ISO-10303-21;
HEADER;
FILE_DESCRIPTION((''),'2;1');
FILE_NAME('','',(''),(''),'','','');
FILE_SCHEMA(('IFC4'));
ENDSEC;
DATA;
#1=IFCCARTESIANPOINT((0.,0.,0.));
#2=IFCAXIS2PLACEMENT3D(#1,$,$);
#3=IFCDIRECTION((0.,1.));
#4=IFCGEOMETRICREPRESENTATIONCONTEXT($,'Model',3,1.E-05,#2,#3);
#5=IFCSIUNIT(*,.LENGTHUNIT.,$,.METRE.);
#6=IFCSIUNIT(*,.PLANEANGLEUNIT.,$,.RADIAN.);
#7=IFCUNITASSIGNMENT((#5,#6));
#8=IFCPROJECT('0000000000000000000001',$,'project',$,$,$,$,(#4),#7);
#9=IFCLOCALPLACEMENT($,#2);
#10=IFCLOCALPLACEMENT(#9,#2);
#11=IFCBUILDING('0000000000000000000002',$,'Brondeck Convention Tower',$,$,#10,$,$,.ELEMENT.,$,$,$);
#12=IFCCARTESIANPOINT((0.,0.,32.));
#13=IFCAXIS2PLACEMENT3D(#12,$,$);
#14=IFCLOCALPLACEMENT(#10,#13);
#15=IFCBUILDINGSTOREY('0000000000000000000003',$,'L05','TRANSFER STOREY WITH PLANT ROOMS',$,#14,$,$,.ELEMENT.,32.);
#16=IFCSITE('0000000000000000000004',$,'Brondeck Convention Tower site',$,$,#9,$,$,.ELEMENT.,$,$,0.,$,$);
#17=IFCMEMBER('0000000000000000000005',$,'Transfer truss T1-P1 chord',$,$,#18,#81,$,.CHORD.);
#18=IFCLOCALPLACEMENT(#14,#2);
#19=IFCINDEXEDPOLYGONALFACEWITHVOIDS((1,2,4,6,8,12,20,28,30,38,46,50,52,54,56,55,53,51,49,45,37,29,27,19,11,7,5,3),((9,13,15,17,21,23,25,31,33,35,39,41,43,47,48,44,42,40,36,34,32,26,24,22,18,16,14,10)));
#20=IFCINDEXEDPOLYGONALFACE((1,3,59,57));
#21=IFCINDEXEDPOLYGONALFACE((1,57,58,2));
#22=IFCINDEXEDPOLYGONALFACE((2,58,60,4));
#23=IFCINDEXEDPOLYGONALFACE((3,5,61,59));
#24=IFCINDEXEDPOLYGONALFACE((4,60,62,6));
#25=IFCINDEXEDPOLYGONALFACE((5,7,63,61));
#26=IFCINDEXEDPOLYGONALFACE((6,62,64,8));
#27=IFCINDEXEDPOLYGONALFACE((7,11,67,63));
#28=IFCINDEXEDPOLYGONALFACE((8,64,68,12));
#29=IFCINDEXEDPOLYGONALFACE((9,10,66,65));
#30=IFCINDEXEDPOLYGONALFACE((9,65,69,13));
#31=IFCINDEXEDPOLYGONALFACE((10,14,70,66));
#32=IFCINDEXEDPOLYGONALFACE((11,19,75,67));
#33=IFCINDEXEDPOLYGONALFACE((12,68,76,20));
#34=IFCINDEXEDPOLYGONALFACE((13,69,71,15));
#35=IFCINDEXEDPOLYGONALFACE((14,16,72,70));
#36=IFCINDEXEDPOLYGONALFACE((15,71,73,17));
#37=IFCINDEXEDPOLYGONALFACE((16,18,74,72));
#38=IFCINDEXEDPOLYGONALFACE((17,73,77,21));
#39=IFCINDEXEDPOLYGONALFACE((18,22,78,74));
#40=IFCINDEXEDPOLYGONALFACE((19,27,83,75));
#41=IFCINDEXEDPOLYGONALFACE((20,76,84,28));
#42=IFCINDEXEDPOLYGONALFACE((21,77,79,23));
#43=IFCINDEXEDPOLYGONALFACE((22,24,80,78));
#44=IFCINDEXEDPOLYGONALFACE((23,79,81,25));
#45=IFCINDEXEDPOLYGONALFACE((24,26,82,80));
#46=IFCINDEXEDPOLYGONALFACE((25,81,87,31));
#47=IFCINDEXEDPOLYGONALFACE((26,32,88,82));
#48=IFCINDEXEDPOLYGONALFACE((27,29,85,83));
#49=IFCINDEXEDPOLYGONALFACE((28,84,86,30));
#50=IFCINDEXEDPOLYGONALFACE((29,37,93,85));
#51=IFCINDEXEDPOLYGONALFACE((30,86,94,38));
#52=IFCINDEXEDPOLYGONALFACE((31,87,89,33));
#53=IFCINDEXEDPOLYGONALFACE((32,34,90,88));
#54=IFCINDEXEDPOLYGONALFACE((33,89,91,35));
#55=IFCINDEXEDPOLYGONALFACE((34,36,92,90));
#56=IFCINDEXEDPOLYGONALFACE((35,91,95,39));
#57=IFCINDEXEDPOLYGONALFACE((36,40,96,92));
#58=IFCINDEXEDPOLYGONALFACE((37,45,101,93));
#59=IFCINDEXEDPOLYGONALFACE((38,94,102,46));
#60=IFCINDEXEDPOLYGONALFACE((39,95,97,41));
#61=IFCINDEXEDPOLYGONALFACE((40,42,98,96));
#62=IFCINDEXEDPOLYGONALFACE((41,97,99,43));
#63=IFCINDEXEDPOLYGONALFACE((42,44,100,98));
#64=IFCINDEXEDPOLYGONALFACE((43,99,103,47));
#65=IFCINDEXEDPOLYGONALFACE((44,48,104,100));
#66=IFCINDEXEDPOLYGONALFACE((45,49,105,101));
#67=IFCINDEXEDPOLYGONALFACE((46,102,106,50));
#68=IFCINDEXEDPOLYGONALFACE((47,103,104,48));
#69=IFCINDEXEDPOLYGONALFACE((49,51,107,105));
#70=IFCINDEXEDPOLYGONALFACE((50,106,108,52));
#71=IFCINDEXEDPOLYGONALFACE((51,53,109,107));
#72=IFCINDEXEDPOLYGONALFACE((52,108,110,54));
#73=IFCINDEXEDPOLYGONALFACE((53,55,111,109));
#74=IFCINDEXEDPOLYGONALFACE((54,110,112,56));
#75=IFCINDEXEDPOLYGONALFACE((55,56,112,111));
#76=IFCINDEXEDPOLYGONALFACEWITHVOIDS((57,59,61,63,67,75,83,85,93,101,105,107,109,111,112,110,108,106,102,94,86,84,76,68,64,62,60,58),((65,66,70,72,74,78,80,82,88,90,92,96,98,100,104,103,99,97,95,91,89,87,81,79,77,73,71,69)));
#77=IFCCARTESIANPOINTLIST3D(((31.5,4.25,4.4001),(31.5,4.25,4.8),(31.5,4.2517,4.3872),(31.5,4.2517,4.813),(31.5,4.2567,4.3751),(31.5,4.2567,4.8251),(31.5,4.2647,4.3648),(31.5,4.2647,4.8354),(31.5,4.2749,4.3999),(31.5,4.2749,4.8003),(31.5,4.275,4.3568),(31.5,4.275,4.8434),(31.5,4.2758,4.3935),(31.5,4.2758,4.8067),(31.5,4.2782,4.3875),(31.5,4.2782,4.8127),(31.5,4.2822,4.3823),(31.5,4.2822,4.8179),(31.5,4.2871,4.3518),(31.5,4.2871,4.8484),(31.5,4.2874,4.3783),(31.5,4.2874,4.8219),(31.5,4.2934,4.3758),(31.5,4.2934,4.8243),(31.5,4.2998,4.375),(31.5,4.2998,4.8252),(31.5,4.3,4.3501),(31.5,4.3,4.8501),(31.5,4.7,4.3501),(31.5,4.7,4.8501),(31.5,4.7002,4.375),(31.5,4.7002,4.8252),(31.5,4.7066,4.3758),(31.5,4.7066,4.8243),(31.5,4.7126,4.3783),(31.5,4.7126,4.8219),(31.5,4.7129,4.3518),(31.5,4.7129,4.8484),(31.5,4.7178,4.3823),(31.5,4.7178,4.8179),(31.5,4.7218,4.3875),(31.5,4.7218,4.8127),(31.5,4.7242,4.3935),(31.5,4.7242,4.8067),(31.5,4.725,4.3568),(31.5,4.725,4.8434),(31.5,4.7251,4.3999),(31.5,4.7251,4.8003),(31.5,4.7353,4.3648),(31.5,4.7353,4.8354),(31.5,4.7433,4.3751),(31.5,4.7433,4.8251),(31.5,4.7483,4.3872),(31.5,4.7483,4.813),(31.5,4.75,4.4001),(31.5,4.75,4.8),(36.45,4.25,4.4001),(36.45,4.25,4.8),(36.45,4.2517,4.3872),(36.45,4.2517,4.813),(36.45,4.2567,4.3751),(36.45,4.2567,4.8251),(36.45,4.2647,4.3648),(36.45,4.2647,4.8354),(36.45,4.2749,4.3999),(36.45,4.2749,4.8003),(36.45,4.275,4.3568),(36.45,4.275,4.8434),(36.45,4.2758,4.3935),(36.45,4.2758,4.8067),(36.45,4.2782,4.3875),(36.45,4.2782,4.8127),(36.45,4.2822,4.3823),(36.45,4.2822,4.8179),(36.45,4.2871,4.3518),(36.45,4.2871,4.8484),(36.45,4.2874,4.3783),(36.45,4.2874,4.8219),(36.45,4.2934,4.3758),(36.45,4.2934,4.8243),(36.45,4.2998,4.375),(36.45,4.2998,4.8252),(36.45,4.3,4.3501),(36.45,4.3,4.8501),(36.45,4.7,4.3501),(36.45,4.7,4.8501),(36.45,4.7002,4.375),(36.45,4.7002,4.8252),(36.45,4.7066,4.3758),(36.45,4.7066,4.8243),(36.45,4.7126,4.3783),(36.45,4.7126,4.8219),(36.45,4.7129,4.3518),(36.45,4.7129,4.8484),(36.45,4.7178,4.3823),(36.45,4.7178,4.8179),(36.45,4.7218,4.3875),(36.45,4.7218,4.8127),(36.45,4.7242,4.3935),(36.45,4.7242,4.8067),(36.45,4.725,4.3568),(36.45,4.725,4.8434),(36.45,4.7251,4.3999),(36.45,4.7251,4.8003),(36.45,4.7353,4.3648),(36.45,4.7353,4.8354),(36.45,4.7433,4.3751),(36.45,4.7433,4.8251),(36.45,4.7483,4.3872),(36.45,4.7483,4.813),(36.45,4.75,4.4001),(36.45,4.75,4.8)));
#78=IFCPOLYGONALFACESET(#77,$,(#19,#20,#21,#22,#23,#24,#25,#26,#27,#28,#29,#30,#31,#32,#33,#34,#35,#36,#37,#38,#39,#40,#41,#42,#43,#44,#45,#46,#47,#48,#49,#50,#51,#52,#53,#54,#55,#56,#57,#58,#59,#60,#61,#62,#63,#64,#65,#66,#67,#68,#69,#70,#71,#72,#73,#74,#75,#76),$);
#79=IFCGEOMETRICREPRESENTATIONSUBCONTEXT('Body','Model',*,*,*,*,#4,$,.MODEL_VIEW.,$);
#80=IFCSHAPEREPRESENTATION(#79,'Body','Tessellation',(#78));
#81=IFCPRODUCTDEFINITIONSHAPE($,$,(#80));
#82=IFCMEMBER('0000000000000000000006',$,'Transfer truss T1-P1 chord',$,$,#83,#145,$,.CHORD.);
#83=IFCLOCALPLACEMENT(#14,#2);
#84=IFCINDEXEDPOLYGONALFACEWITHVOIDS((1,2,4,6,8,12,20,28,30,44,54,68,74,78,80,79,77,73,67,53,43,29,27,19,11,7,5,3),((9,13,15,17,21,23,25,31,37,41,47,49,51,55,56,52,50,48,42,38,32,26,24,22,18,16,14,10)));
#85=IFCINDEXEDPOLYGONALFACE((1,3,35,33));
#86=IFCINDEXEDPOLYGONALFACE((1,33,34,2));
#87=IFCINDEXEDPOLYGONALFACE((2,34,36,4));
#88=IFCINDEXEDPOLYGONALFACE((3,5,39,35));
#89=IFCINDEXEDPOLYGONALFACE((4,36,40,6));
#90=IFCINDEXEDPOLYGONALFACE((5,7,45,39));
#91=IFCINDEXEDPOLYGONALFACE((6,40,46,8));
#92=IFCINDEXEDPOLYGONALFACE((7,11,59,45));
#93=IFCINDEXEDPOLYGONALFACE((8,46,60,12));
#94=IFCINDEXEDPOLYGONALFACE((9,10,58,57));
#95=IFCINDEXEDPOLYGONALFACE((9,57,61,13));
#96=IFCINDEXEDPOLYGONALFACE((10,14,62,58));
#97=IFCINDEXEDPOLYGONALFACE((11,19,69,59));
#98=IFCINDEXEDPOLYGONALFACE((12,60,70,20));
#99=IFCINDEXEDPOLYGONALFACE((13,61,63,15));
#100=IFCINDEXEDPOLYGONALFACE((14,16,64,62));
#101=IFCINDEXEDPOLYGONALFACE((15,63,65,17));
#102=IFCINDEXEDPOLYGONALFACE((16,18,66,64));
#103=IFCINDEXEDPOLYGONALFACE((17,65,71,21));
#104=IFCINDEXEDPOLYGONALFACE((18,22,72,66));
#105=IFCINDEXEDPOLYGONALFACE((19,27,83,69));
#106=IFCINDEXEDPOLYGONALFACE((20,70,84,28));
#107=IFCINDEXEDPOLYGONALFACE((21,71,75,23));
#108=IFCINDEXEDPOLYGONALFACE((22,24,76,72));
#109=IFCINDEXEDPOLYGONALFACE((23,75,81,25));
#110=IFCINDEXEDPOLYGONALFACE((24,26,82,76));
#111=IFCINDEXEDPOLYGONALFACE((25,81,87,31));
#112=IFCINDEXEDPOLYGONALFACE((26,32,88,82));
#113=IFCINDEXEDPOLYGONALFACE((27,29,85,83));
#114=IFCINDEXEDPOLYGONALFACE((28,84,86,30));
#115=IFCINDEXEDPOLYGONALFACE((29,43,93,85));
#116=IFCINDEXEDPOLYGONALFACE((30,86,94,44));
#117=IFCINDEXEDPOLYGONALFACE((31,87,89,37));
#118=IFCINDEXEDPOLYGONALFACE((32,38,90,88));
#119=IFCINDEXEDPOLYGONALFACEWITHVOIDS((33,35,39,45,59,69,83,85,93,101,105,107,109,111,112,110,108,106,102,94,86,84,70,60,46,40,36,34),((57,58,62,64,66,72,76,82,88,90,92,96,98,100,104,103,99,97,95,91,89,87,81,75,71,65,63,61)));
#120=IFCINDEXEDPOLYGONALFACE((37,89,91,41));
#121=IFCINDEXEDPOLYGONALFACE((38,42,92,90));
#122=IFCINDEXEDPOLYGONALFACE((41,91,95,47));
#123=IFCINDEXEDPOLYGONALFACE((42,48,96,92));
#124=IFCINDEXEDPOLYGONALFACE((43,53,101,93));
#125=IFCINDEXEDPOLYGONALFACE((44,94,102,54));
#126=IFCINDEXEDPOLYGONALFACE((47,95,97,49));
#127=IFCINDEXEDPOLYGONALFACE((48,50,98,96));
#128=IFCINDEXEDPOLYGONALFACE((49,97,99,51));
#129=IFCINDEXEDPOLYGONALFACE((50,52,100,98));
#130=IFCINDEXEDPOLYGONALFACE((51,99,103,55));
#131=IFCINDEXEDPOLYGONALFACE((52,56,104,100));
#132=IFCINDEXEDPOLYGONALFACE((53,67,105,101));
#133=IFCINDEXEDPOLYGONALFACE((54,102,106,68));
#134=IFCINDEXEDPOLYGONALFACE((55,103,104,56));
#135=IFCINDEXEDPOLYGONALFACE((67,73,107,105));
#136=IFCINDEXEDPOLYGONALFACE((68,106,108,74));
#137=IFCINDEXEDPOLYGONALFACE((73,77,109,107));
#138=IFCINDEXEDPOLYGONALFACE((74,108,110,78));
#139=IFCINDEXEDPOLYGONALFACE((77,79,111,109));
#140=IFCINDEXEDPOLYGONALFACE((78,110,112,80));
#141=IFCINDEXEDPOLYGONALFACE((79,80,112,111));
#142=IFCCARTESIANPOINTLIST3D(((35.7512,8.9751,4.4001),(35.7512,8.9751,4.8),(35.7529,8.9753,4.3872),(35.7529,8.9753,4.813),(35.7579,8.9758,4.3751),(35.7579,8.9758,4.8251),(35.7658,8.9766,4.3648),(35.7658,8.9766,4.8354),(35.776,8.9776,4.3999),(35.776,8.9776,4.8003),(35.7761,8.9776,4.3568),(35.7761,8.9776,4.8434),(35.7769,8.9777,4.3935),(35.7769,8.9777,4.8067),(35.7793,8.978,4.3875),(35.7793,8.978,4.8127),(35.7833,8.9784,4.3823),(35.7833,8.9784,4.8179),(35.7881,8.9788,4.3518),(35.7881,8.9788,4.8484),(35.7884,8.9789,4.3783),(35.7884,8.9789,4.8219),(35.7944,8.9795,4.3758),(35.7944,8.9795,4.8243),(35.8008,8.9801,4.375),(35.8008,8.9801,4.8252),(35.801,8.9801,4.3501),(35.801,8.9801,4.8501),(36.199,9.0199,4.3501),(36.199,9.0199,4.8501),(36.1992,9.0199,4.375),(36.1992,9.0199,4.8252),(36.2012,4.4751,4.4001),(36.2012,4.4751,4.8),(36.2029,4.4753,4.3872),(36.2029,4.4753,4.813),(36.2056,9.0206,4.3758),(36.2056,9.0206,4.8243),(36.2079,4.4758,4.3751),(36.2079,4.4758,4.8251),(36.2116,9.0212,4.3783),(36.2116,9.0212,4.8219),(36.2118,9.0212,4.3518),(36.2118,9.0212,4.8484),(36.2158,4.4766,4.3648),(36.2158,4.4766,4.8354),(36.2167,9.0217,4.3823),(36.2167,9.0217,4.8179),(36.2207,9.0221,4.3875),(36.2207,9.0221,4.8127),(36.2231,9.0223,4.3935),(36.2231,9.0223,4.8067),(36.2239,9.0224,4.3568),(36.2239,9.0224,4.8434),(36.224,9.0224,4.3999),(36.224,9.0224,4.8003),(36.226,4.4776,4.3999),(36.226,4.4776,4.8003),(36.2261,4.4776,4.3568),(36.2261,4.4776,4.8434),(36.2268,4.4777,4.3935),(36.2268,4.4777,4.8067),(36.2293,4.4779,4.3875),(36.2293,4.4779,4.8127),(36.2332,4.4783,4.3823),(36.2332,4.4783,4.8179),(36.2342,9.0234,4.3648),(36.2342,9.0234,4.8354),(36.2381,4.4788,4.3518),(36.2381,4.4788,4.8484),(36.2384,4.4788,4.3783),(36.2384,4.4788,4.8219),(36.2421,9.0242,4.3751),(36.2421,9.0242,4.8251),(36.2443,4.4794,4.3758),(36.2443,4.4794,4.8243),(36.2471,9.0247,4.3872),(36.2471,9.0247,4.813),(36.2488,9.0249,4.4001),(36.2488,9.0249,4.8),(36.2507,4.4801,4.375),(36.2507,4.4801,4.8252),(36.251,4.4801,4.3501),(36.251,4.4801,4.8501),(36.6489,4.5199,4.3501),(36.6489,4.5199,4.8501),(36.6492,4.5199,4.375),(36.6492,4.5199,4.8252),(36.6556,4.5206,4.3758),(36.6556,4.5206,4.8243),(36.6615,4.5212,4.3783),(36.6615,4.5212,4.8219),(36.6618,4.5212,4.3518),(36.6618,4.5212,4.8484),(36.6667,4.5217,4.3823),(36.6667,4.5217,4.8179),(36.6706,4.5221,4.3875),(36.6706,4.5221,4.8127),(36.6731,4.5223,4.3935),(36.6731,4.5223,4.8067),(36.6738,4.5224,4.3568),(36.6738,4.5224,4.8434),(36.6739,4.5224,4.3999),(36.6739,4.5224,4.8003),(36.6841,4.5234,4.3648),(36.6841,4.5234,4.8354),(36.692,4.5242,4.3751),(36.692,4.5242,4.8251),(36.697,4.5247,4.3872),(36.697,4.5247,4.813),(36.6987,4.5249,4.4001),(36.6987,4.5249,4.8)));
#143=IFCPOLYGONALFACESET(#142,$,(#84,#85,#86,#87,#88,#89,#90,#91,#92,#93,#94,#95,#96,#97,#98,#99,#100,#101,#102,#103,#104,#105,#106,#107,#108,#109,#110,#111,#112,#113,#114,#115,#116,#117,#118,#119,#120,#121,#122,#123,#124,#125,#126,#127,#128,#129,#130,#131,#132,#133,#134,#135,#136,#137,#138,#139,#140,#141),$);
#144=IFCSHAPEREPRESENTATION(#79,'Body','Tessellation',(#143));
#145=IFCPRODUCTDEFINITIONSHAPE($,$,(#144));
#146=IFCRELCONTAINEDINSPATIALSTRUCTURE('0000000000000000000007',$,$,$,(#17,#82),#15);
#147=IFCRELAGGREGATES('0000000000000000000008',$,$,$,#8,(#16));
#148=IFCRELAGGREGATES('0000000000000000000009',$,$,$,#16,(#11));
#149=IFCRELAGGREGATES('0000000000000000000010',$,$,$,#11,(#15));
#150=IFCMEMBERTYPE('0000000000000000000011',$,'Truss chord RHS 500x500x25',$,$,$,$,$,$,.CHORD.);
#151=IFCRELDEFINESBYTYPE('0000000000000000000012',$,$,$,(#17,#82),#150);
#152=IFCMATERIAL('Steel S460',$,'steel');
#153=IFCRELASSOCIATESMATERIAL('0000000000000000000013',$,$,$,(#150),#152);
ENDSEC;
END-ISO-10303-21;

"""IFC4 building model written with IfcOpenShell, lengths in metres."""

from ifc_helpers import new_model, si_unit, direction, frame, origin, origin_2d, place, context, subcontext, project, spatial, hollow_rectangle, extrude, material, material_profile, profile_set, type_object, element, save


model = new_model("IFC4")

# Units and contexts
model_context = context("Model", 3, precision=1e-05, world=origin(), true_north=direction((0.0, 1.0)))
body_context = subcontext(model_context, "Body", "Model", "MODEL_VIEW")
ifc_project = project(units=[si_unit("LENGTHUNIT", "METRE"), si_unit("PLANEANGLEUNIT", "RADIAN")], contexts=[model_context])

# Site, building, storey
site_placement = place(None, origin())
site = spatial("IfcSite", under=ifc_project, at=site_placement, Name="Brondeck Convention Tower site", CompositionType="ELEMENT", RefElevation=0.0)
building_placement = place(site_placement, origin())
building = spatial("IfcBuilding", under=site, at=building_placement, Name="Brondeck Convention Tower", CompositionType="ELEMENT")
storey_placement = place(building_placement, frame((0.0, 0.0, 32.0)))
storey = spatial("IfcBuildingStorey", under=building, at=storey_placement, Name="L05", Description="TRANSFER STOREY WITH PLANT ROOMS", CompositionType="ELEMENT", Elevation=32.0)

# Shared definitions
ifc_material_1 = material(Name="Steel S460", Category="steel")

# Members
ifc_material_profile_1 = material_profile(ifc_material_1, hollow_rectangle(XDim=0.5, YDim=0.5, WallThickness=0.0249, InnerFilletRadius=0.0249, OuterFilletRadius=0.05, at=origin_2d()), Name="RHS 500x500x25")
ifc_profile_set_1 = profile_set([ifc_material_profile_1], Name="Steel S460")
member_type_1 = type_object("IfcMemberType", Name="Truss chord RHS 500x500x25", PredefinedType="CHORD", material=ifc_profile_set_1)
member_1_placement = place(storey_placement, frame((31.5, 4.5, 4.6001), z_axis=(1.0, 0.0, 0.0), x_axis=(0.0, 1.0, 0.0)))
element("IfcMember", 1, at=member_1_placement, inside=storey, type_object=member_type_1, Name="Transfer truss T1-P1 chord", PredefinedType="CHORD", context=body_context, shape_type="SweptSolid", body=[
    extrude(hollow_rectangle(XDim=0.5, YDim=0.5, WallThickness=0.0249, InnerFilletRadius=0.0249, OuterFilletRadius=0.05, at=origin_2d()), origin(), (0.0, 0.0, 1.0), 4.95),
])
member_2_placement = place(storey_placement, frame((36.45, 4.5, 4.6001), z_axis=(-0.099493, 0.995038, 0.0), x_axis=(-0.995038, -0.099493, 0.0)))
element("IfcMember", 2, at=member_2_placement, inside=storey, type_object=member_type_1, Name="Transfer truss T1-P1 chord", PredefinedType="CHORD", context=body_context, shape_type="SweptSolid", body=[
    extrude(hollow_rectangle(XDim=0.5, YDim=0.5, WallThickness=0.0249, InnerFilletRadius=0.0249, OuterFilletRadius=0.05, at=origin_2d()), origin(), (0.0, 0.0, 1.0), 4.5225),
])

save(model, "model.ifc")
